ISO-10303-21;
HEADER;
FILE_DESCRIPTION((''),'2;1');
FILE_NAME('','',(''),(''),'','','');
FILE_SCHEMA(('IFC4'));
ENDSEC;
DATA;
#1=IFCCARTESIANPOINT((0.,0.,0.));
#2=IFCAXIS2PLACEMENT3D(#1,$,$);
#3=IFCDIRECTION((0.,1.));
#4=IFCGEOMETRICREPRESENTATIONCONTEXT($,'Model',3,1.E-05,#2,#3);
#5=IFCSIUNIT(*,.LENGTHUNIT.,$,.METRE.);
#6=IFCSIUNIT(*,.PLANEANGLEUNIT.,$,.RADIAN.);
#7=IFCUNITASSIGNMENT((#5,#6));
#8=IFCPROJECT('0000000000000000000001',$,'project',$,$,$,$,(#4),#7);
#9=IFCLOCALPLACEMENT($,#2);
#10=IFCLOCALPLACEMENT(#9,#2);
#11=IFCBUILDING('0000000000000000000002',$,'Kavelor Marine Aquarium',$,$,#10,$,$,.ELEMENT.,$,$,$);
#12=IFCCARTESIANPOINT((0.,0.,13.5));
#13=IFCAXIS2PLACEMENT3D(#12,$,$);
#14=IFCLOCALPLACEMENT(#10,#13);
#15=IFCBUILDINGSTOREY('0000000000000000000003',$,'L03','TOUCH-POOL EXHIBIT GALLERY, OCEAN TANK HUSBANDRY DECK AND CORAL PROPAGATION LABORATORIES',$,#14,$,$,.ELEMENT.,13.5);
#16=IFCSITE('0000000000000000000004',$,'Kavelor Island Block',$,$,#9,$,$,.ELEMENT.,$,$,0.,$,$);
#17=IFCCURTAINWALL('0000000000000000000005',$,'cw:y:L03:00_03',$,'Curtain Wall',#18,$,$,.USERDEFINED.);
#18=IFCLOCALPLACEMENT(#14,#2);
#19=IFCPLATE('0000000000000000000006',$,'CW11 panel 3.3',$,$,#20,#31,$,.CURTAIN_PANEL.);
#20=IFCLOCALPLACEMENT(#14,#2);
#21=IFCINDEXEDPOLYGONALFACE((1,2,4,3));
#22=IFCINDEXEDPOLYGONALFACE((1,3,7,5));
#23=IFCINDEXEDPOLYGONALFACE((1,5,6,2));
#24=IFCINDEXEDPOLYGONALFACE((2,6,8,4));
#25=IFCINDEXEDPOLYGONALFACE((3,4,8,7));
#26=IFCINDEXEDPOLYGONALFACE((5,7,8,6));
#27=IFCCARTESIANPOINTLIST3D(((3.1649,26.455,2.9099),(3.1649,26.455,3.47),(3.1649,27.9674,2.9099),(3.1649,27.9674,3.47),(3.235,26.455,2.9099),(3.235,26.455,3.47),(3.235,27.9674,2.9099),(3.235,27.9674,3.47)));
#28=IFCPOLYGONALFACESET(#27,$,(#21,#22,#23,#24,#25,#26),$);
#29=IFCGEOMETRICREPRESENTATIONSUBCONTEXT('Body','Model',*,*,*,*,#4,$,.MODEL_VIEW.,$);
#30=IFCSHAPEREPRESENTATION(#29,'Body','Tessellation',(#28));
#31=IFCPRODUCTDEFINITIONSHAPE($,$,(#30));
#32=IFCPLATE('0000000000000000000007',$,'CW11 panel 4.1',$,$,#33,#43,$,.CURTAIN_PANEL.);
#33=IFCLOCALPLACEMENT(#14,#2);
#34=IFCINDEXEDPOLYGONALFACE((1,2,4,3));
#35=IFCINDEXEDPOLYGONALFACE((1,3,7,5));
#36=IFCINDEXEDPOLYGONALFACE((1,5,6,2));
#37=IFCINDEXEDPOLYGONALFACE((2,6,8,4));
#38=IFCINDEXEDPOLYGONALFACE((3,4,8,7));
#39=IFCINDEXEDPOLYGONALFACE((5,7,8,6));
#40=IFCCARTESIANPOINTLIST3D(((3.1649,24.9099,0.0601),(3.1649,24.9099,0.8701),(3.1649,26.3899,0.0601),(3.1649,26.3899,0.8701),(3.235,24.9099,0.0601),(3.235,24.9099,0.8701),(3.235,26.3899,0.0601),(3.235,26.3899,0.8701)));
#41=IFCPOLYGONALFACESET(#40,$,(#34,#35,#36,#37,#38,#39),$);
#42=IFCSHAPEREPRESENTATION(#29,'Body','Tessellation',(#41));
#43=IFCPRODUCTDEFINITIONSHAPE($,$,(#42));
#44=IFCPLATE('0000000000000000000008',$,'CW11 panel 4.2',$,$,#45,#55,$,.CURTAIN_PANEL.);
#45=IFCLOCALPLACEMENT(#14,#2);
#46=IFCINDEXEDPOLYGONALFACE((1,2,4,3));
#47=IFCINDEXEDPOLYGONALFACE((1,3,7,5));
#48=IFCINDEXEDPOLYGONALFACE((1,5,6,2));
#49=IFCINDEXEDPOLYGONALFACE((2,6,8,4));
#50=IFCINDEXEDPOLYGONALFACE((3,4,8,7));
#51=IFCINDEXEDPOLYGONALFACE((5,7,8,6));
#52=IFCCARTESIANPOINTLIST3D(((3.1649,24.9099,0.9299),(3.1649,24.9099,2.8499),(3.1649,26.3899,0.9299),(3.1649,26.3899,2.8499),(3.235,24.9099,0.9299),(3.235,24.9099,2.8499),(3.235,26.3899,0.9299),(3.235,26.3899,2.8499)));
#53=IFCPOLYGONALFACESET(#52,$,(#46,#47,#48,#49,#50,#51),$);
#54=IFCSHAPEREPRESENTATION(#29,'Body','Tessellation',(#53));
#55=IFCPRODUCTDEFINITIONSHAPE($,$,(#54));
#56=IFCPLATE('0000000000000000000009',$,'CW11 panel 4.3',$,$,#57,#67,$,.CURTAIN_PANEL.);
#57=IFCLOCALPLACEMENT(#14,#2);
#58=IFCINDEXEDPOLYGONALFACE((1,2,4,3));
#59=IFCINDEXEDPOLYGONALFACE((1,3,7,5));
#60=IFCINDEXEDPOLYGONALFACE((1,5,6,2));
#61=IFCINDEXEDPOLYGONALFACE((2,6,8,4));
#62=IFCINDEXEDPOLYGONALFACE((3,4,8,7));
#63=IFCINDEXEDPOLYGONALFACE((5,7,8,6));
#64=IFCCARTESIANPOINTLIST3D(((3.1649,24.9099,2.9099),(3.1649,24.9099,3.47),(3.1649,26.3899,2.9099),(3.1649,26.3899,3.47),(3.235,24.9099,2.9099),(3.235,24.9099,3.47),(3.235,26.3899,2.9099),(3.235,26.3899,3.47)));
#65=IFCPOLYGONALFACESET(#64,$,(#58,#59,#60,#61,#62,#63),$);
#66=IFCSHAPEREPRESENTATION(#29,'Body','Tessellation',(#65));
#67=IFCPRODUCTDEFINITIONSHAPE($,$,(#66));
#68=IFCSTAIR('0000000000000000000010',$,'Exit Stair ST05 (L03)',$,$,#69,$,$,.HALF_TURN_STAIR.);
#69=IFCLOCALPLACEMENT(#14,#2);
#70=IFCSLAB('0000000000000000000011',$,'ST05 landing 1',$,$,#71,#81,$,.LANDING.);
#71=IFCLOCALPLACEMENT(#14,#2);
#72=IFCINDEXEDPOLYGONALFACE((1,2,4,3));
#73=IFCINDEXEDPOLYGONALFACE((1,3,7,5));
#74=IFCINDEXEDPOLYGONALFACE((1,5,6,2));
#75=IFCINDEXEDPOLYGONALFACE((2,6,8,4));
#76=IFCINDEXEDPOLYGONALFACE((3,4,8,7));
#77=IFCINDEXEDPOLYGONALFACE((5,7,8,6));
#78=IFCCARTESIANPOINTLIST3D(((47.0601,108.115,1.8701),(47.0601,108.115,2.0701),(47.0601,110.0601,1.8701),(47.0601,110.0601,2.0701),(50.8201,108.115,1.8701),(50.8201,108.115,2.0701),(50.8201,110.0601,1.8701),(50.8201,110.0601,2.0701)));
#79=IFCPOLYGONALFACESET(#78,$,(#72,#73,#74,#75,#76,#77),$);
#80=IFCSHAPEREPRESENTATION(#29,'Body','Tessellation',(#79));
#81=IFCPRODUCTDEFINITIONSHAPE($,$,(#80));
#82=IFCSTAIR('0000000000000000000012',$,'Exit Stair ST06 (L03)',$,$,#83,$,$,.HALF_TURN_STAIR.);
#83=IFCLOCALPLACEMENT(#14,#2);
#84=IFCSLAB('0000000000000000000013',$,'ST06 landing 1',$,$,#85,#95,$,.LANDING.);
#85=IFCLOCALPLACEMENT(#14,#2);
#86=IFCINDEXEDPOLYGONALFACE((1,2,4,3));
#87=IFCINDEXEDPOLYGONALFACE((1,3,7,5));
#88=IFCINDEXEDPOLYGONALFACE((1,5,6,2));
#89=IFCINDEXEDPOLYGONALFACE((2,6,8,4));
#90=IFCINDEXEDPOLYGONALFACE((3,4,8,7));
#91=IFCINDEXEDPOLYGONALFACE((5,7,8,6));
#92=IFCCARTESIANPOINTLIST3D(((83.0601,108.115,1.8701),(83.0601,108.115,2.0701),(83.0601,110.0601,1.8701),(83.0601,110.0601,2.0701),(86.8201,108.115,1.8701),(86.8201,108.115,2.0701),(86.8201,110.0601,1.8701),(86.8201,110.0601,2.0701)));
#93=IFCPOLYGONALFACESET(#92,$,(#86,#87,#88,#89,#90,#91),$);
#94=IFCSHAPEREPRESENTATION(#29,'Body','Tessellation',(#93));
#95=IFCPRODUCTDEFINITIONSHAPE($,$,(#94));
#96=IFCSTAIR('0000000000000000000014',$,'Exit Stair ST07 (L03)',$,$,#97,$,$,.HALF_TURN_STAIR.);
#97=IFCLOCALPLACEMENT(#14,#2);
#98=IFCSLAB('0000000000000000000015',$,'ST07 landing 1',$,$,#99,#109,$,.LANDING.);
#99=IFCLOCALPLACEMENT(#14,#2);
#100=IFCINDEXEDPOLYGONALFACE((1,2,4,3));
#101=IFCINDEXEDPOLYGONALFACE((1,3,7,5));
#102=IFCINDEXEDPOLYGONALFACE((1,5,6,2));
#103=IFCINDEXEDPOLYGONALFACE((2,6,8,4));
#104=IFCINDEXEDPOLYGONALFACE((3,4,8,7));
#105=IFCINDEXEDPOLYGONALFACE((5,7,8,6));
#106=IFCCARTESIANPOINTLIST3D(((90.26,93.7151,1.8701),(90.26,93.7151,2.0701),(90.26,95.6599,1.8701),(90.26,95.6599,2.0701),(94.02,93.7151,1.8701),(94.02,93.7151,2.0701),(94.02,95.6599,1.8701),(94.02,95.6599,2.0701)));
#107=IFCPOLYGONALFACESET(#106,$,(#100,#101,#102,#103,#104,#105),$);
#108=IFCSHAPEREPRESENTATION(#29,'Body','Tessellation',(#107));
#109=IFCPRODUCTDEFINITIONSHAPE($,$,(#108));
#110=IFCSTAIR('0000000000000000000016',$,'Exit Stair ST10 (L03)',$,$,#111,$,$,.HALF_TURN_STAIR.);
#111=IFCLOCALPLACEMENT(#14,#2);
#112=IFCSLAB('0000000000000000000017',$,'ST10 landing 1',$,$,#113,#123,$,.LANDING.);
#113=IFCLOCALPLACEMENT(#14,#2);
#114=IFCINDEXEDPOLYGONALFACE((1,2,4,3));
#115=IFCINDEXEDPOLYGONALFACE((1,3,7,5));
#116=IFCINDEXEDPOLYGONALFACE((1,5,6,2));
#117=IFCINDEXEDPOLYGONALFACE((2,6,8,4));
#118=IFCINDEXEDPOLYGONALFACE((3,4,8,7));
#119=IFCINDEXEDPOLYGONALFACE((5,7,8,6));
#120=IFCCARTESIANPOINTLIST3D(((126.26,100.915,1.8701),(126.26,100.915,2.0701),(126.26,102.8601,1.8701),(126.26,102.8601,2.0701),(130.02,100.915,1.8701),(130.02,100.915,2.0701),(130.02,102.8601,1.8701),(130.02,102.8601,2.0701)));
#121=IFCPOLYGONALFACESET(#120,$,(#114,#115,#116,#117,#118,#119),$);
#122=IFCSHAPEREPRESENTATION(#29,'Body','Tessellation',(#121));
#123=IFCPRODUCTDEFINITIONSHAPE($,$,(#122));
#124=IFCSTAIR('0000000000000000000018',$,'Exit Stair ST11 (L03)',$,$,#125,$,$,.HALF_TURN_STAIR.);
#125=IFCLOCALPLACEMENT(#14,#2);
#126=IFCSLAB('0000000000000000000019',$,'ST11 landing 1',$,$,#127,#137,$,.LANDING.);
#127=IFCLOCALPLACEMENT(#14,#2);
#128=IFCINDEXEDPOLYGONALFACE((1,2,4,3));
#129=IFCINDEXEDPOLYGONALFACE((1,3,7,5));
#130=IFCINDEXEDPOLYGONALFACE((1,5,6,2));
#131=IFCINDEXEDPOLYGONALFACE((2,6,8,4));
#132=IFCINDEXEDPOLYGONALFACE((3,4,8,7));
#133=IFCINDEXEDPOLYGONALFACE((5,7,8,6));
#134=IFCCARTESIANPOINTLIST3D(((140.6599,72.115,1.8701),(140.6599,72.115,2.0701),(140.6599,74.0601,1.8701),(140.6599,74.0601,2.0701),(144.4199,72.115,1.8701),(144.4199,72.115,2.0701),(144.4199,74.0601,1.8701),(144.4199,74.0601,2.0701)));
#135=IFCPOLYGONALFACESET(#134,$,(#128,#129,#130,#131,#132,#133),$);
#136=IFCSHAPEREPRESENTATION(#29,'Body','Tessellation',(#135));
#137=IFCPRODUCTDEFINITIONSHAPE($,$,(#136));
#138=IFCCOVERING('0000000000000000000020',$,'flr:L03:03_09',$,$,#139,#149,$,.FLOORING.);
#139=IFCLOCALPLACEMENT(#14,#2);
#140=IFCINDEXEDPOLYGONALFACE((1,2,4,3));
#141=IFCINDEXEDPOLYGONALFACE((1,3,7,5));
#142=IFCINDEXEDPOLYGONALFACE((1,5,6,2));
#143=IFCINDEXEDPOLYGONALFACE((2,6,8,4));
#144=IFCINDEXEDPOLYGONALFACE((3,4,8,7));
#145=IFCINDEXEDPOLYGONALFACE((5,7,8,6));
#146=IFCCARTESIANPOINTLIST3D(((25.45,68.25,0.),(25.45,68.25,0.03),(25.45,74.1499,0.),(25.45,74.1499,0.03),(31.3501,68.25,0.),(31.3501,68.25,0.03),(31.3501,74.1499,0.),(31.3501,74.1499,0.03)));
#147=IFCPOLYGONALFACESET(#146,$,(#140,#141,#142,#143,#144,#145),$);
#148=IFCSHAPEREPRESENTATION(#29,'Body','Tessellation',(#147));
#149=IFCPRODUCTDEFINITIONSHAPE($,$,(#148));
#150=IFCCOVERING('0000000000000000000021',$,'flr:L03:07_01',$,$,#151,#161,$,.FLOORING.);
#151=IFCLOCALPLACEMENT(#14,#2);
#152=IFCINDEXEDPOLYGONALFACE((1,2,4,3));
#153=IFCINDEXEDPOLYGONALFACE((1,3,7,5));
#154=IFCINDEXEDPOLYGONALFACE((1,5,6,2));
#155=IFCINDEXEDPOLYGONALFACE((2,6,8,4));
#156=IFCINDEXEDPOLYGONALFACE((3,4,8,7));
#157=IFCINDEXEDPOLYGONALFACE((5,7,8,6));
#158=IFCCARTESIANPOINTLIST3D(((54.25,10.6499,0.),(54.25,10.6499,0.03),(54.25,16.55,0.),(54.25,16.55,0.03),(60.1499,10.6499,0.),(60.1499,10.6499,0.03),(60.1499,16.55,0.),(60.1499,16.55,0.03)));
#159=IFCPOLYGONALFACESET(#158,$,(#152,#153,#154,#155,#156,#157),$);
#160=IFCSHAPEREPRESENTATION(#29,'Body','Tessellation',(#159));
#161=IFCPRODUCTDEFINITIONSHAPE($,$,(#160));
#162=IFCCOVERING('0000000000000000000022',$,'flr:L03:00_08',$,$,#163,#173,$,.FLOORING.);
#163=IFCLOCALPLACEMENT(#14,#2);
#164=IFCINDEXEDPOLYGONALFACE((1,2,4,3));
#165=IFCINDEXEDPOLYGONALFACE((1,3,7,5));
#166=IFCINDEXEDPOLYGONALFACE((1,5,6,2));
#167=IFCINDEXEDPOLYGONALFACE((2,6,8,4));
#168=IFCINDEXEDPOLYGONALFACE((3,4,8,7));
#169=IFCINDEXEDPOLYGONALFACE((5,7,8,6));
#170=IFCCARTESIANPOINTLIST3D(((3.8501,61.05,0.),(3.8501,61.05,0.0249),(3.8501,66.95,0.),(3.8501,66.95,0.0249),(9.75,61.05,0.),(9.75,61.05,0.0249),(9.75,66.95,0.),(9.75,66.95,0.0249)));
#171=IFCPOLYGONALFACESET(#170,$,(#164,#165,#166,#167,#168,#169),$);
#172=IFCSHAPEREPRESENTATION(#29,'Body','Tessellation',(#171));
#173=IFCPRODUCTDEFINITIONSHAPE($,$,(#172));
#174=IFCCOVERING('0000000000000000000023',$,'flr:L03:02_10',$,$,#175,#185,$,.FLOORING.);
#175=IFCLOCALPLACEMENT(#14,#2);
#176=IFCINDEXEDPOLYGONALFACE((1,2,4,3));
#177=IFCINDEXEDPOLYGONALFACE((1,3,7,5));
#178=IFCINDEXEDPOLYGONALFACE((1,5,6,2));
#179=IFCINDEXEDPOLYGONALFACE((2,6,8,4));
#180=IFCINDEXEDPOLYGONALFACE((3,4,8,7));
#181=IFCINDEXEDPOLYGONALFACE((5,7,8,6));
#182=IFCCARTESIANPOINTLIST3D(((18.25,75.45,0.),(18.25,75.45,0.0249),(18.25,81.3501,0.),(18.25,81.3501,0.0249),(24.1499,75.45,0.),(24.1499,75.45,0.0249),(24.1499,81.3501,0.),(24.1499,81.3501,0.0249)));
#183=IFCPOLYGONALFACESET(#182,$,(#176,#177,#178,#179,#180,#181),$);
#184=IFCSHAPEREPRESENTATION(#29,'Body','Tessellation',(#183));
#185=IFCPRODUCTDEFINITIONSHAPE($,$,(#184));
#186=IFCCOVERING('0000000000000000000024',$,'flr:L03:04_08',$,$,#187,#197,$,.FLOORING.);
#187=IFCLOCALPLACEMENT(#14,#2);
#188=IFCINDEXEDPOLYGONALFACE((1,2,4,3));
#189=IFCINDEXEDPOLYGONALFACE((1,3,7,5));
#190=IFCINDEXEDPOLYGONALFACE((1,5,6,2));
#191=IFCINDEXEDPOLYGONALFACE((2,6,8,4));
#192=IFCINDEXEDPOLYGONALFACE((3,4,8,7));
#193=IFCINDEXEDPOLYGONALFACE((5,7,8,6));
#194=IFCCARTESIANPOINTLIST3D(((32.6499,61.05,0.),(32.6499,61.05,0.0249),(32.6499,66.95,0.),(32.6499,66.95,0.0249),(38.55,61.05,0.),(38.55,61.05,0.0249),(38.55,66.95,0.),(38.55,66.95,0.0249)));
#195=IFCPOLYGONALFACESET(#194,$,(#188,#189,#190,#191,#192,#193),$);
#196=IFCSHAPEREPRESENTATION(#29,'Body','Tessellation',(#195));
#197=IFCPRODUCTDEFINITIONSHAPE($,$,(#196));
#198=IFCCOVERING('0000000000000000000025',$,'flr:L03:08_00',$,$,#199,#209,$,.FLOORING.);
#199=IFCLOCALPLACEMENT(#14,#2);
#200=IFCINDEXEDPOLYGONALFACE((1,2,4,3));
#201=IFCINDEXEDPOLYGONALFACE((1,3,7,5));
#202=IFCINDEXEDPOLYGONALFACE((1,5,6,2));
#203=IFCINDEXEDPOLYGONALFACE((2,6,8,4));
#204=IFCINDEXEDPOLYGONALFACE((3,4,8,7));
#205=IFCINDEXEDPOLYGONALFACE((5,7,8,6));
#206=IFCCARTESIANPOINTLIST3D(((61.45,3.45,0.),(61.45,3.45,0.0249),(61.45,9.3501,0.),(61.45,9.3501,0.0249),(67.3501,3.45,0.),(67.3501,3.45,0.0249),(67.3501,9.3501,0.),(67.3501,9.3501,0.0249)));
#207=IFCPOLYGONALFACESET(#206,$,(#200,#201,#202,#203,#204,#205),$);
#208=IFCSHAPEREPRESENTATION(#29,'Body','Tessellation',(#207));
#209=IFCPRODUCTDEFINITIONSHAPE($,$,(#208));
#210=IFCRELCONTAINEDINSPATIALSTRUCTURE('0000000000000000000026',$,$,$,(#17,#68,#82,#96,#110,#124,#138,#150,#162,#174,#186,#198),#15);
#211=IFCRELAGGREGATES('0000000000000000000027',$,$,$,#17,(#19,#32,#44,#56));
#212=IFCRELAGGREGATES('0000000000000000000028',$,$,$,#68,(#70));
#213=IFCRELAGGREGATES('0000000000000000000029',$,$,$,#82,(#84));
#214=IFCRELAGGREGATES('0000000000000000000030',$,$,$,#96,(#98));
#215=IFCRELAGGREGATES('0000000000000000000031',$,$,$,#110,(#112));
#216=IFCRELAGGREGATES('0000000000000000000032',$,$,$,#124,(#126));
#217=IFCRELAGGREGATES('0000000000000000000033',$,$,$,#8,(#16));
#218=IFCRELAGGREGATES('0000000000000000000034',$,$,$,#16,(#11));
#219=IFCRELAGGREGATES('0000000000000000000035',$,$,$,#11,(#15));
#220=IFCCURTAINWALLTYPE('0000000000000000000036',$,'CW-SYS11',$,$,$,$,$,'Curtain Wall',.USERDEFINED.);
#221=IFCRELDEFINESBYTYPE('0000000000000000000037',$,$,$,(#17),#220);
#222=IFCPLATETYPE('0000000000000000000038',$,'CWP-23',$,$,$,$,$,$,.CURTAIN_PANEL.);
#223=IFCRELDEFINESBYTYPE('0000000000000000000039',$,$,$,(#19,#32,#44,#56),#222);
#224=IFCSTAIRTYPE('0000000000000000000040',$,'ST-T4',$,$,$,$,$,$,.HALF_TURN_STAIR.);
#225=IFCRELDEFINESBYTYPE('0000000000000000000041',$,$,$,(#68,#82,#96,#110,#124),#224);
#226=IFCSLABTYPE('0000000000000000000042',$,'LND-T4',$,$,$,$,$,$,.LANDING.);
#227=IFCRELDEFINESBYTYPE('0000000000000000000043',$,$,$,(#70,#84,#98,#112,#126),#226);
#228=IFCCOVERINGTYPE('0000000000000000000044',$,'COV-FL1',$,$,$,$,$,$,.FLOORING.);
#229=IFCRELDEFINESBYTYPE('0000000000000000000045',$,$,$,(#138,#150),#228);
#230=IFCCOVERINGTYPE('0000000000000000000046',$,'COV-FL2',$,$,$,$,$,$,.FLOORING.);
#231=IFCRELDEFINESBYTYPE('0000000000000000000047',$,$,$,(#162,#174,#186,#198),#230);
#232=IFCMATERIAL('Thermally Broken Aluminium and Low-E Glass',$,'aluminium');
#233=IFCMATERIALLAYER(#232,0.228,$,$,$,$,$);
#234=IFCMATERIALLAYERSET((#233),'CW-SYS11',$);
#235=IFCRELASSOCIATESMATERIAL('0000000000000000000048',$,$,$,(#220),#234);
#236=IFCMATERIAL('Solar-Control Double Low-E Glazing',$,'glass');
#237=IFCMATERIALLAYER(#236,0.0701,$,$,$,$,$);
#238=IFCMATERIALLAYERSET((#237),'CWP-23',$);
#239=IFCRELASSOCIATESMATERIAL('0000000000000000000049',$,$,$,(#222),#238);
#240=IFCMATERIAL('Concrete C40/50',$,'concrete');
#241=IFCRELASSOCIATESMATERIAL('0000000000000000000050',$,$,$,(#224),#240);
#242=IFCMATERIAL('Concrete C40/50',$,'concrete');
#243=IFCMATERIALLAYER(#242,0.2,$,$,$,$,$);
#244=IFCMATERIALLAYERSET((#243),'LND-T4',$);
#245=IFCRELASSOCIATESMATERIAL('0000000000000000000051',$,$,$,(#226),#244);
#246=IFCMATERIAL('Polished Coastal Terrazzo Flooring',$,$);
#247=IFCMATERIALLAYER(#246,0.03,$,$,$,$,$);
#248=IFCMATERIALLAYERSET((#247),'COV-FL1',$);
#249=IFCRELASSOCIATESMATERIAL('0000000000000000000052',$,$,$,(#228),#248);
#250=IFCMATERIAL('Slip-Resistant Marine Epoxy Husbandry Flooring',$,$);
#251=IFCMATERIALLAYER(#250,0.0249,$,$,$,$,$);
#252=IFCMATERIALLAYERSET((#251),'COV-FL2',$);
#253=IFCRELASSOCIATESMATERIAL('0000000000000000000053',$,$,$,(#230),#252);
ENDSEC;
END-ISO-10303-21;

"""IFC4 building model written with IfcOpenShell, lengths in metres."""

from ifc_helpers import new_model, si_unit, direction, frame, origin, origin_2d, place, context, subcontext, project, spatial, polyline, rectangle, outline, extrude, material, layer, layer_set, type_object, element, aggregate, save


model = new_model("IFC4")

# Units and contexts
model_context = context("Model", 3, precision=1e-05, world=origin(), true_north=direction((0.0, 1.0)))
body_context = subcontext(model_context, "Body", "Model", "MODEL_VIEW")
ifc_project = project(units=[si_unit("LENGTHUNIT", "METRE"), si_unit("PLANEANGLEUNIT", "RADIAN")], contexts=[model_context])

# Site, building, storey
site_placement = place(None, origin())
site = spatial("IfcSite", under=ifc_project, at=site_placement, Name="Kavelor Island Block", CompositionType="ELEMENT", RefElevation=0.0)
building_placement = place(site_placement, origin())
building = spatial("IfcBuilding", under=site, at=building_placement, Name="Kavelor Marine Aquarium", CompositionType="ELEMENT")
storey_placement = place(building_placement, frame((0.0, 0.0, 13.5)))
storey = spatial("IfcBuildingStorey", under=building, at=storey_placement, Name="L03", Description="TOUCH-POOL EXHIBIT GALLERY, OCEAN TANK HUSBANDRY DECK AND CORAL PROPAGATION LABORATORIES", CompositionType="ELEMENT", Elevation=13.5)

# Curtain wall, plates
ifc_material_1 = material(Name="Thermally Broken Aluminium and Low-E Glass", Category="aluminium")
ifc_layer_1 = layer(ifc_material_1, 0.228)
ifc_layer_set_1 = layer_set([ifc_layer_1], Name="CW-SYS11")
curtain_wall_type = type_object("IfcCurtainWallType", Name="CW-SYS11", ElementType="Curtain Wall", PredefinedType="USERDEFINED", material=ifc_layer_set_1)
curtain_wall_placement = place(storey_placement, origin())
curtain_wall = element("IfcCurtainWall", 1, at=curtain_wall_placement, inside=storey, type_object=curtain_wall_type, Name="cw:y:L03:00_03", ObjectType="Curtain Wall", PredefinedType="USERDEFINED")
ifc_material_2 = material(Name="Solar-Control Double Low-E Glazing", Category="glass")
ifc_layer_2 = layer(ifc_material_2, 0.0701)
ifc_layer_set_2 = layer_set([ifc_layer_2], Name="CWP-23")
plate_type = type_object("IfcPlateType", Name="CWP-23", PredefinedType="CURTAIN_PANEL", material=ifc_layer_set_2)
plate_1_placement = place(storey_placement, frame((3.2, 27.2112, 2.9099), z_axis=(0.0, 0.0, 1.0), x_axis=(0.0, -1.0, 0.0)))
plate_1 = element("IfcPlate", 2, at=plate_1_placement, type_object=plate_type, Name="CW11 panel 3.3", PredefinedType="CURTAIN_PANEL", context=body_context, shape_type="SweptSolid", body=[
    extrude(rectangle(XDim=1.5125, YDim=0.0701, at=origin_2d()), origin(), (0.0, 0.0, 1.0), 0.5601),
])
plate_2_placement = place(storey_placement, frame((3.2, 25.6499, 0.0601), z_axis=(0.0, 0.0, 1.0), x_axis=(0.0, -1.0, 0.0)))
plate_2 = element("IfcPlate", 3, at=plate_2_placement, type_object=plate_type, Name="CW11 panel 4.1", PredefinedType="CURTAIN_PANEL", context=body_context, shape_type="SweptSolid", body=[
    extrude(rectangle(XDim=1.48, YDim=0.0701, at=origin_2d()), origin(), (0.0, 0.0, 1.0), 0.8101),
])
plate_3_placement = place(storey_placement, frame((3.2, 25.6499, 0.9299), z_axis=(0.0, 0.0, 1.0), x_axis=(0.0, -1.0, 0.0)))
plate_3 = element("IfcPlate", 4, at=plate_3_placement, type_object=plate_type, Name="CW11 panel 4.2", PredefinedType="CURTAIN_PANEL", context=body_context, shape_type="SweptSolid", body=[
    extrude(rectangle(XDim=1.48, YDim=0.0701, at=origin_2d()), origin(), (0.0, 0.0, 1.0), 1.9199),
])
plate_4_placement = place(storey_placement, frame((3.2, 25.6499, 2.9099), z_axis=(0.0, 0.0, 1.0), x_axis=(0.0, -1.0, 0.0)))
plate_4 = element("IfcPlate", 5, at=plate_4_placement, type_object=plate_type, Name="CW11 panel 4.3", PredefinedType="CURTAIN_PANEL", context=body_context, shape_type="SweptSolid", body=[
    extrude(rectangle(XDim=1.48, YDim=0.0701, at=origin_2d()), origin(), (0.0, 0.0, 1.0), 0.5601),
])
aggregate(curtain_wall, [plate_1, plate_2, plate_3, plate_4])

# Stairs, slabs
ifc_material_3 = material(Name="Concrete C40/50", Category="concrete")
stair_type = type_object("IfcStairType", Name="ST-T4", PredefinedType="HALF_TURN_STAIR", material=ifc_material_3)
stair_1_placement = place(storey_placement, origin())
stair_1 = element("IfcStair", 6, at=stair_1_placement, inside=storey, type_object=stair_type, Name="Exit Stair ST05 (L03)", PredefinedType="HALF_TURN_STAIR")
ifc_material_4 = material(Name="Concrete C40/50", Category="concrete")
ifc_layer_3 = layer(ifc_material_4, 0.2)
ifc_layer_set_3 = layer_set([ifc_layer_3], Name="LND-T4")
slab_type = type_object("IfcSlabType", Name="LND-T4", PredefinedType="LANDING", material=ifc_layer_set_3)
slab_1_placement = place(storey_placement, frame((0.0, 0.0, 1.8701)))
slab_1 = element("IfcSlab", 7, at=slab_1_placement, type_object=slab_type, Name="ST05 landing 1", PredefinedType="LANDING", context=body_context, shape_type="SweptSolid", body=[
    extrude(outline(polyline([(47.0601, 108.115), (50.8201, 108.115), (50.8201, 110.0601), (47.0601, 110.0601), (47.0601, 108.115)])), origin(), (0.0, 0.0, 1.0), 0.2),
])
aggregate(stair_1, [slab_1])
stair_2_placement = place(storey_placement, origin())
stair_2 = element("IfcStair", 8, at=stair_2_placement, inside=storey, type_object=stair_type, Name="Exit Stair ST06 (L03)", PredefinedType="HALF_TURN_STAIR")
slab_2_placement = place(storey_placement, frame((0.0, 0.0, 1.8701)))
slab_2 = element("IfcSlab", 9, at=slab_2_placement, type_object=slab_type, Name="ST06 landing 1", PredefinedType="LANDING", context=body_context, shape_type="SweptSolid", body=[
    extrude(outline(polyline([(83.0601, 108.115), (86.8201, 108.115), (86.8201, 110.0601), (83.0601, 110.0601), (83.0601, 108.115)])), origin(), (0.0, 0.0, 1.0), 0.2),
])
aggregate(stair_2, [slab_2])
stair_3_placement = place(storey_placement, origin())
stair_3 = element("IfcStair", 10, at=stair_3_placement, inside=storey, type_object=stair_type, Name="Exit Stair ST07 (L03)", PredefinedType="HALF_TURN_STAIR")
slab_3_placement = place(storey_placement, frame((0.0, 0.0, 1.8701)))
slab_3 = element("IfcSlab", 11, at=slab_3_placement, type_object=slab_type, Name="ST07 landing 1", PredefinedType="LANDING", context=body_context, shape_type="SweptSolid", body=[
    extrude(outline(polyline([(90.26, 93.7151), (94.02, 93.7151), (94.02, 95.6599), (90.26, 95.6599), (90.26, 93.7151)])), origin(), (0.0, 0.0, 1.0), 0.2),
])
aggregate(stair_3, [slab_3])
stair_4_placement = place(storey_placement, origin())
stair_4 = element("IfcStair", 12, at=stair_4_placement, inside=storey, type_object=stair_type, Name="Exit Stair ST10 (L03)", PredefinedType="HALF_TURN_STAIR")
slab_4_placement = place(storey_placement, frame((0.0, 0.0, 1.8701)))
slab_4 = element("IfcSlab", 13, at=slab_4_placement, type_object=slab_type, Name="ST10 landing 1", PredefinedType="LANDING", context=body_context, shape_type="SweptSolid", body=[
    extrude(outline(polyline([(126.26, 100.915), (130.02, 100.915), (130.02, 102.8601), (126.26, 102.8601), (126.26, 100.915)])), origin(), (0.0, 0.0, 1.0), 0.2),
])
aggregate(stair_4, [slab_4])
stair_5_placement = place(storey_placement, origin())
stair_5 = element("IfcStair", 14, at=stair_5_placement, inside=storey, type_object=stair_type, Name="Exit Stair ST11 (L03)", PredefinedType="HALF_TURN_STAIR")
slab_5_placement = place(storey_placement, frame((0.0, 0.0, 1.8701)))
slab_5 = element("IfcSlab", 15, at=slab_5_placement, type_object=slab_type, Name="ST11 landing 1", PredefinedType="LANDING", context=body_context, shape_type="SweptSolid", body=[
    extrude(outline(polyline([(140.6599, 72.115), (144.4199, 72.115), (144.4199, 74.0601), (140.6599, 74.0601), (140.6599, 72.115)])), origin(), (0.0, 0.0, 1.0), 0.2),
])
aggregate(stair_5, [slab_5])

# Coverings
ifc_material_5 = material(Name="Polished Coastal Terrazzo Flooring")
ifc_layer_4 = layer(ifc_material_5, 0.03)
ifc_layer_set_4 = layer_set([ifc_layer_4], Name="COV-FL1")
covering_type_1 = type_object("IfcCoveringType", Name="COV-FL1", PredefinedType="FLOORING", material=ifc_layer_set_4)
covering_1_placement = place(storey_placement, origin())
element("IfcCovering", 16, at=covering_1_placement, inside=storey, type_object=covering_type_1, Name="flr:L03:03_09", PredefinedType="FLOORING", context=body_context, shape_type="SweptSolid", body=[
    extrude(outline(polyline([(25.45, 68.25), (31.3501, 68.25), (31.3501, 74.1499), (25.45, 74.1499), (25.45, 68.25)])), origin(), (0.0, 0.0, 1.0), 0.03),
])
covering_2_placement = place(storey_placement, origin())
element("IfcCovering", 17, at=covering_2_placement, inside=storey, type_object=covering_type_1, Name="flr:L03:07_01", PredefinedType="FLOORING", context=body_context, shape_type="SweptSolid", body=[
    extrude(outline(polyline([(54.25, 10.6499), (60.1499, 10.6499), (60.1499, 16.55), (54.25, 16.55), (54.25, 10.6499)])), origin(), (0.0, 0.0, 1.0), 0.03),
])
ifc_material_6 = material(Name="Slip-Resistant Marine Epoxy Husbandry Flooring")
ifc_layer_5 = layer(ifc_material_6, 0.0249)
ifc_layer_set_5 = layer_set([ifc_layer_5], Name="COV-FL2")
covering_type_2 = type_object("IfcCoveringType", Name="COV-FL2", PredefinedType="FLOORING", material=ifc_layer_set_5)
covering_3_placement = place(storey_placement, origin())
element("IfcCovering", 18, at=covering_3_placement, inside=storey, type_object=covering_type_2, Name="flr:L03:00_08", PredefinedType="FLOORING", context=body_context, shape_type="SweptSolid", body=[
    extrude(outline(polyline([(3.8501, 61.05), (9.75, 61.05), (9.75, 66.95), (3.8501, 66.95), (3.8501, 61.05)])), origin(), (0.0, 0.0, 1.0), 0.0249),
])
covering_4_placement = place(storey_placement, origin())
element("IfcCovering", 19, at=covering_4_placement, inside=storey, type_object=covering_type_2, Name="flr:L03:02_10", PredefinedType="FLOORING", context=body_context, shape_type="SweptSolid", body=[
    extrude(outline(polyline([(18.25, 75.45), (24.1499, 75.45), (24.1499, 81.3501), (18.25, 81.3501), (18.25, 75.45)])), origin(), (0.0, 0.0, 1.0), 0.0249),
])
covering_5_placement = place(storey_placement, origin())
element("IfcCovering", 20, at=covering_5_placement, inside=storey, type_object=covering_type_2, Name="flr:L03:04_08", PredefinedType="FLOORING", context=body_context, shape_type="SweptSolid", body=[
    extrude(outline(polyline([(32.6499, 61.05), (38.55, 61.05), (38.55, 66.95), (32.6499, 66.95), (32.6499, 61.05)])), origin(), (0.0, 0.0, 1.0), 0.0249),
])
covering_6_placement = place(storey_placement, origin())
element("IfcCovering", 21, at=covering_6_placement, inside=storey, type_object=covering_type_2, Name="flr:L03:08_00", PredefinedType="FLOORING", context=body_context, shape_type="SweptSolid", body=[
    extrude(outline(polyline([(61.45, 3.45), (67.3501, 3.45), (67.3501, 9.3501), (61.45, 9.3501), (61.45, 3.45)])), origin(), (0.0, 0.0, 1.0), 0.0249),
])

save(model, "model.ifc")
